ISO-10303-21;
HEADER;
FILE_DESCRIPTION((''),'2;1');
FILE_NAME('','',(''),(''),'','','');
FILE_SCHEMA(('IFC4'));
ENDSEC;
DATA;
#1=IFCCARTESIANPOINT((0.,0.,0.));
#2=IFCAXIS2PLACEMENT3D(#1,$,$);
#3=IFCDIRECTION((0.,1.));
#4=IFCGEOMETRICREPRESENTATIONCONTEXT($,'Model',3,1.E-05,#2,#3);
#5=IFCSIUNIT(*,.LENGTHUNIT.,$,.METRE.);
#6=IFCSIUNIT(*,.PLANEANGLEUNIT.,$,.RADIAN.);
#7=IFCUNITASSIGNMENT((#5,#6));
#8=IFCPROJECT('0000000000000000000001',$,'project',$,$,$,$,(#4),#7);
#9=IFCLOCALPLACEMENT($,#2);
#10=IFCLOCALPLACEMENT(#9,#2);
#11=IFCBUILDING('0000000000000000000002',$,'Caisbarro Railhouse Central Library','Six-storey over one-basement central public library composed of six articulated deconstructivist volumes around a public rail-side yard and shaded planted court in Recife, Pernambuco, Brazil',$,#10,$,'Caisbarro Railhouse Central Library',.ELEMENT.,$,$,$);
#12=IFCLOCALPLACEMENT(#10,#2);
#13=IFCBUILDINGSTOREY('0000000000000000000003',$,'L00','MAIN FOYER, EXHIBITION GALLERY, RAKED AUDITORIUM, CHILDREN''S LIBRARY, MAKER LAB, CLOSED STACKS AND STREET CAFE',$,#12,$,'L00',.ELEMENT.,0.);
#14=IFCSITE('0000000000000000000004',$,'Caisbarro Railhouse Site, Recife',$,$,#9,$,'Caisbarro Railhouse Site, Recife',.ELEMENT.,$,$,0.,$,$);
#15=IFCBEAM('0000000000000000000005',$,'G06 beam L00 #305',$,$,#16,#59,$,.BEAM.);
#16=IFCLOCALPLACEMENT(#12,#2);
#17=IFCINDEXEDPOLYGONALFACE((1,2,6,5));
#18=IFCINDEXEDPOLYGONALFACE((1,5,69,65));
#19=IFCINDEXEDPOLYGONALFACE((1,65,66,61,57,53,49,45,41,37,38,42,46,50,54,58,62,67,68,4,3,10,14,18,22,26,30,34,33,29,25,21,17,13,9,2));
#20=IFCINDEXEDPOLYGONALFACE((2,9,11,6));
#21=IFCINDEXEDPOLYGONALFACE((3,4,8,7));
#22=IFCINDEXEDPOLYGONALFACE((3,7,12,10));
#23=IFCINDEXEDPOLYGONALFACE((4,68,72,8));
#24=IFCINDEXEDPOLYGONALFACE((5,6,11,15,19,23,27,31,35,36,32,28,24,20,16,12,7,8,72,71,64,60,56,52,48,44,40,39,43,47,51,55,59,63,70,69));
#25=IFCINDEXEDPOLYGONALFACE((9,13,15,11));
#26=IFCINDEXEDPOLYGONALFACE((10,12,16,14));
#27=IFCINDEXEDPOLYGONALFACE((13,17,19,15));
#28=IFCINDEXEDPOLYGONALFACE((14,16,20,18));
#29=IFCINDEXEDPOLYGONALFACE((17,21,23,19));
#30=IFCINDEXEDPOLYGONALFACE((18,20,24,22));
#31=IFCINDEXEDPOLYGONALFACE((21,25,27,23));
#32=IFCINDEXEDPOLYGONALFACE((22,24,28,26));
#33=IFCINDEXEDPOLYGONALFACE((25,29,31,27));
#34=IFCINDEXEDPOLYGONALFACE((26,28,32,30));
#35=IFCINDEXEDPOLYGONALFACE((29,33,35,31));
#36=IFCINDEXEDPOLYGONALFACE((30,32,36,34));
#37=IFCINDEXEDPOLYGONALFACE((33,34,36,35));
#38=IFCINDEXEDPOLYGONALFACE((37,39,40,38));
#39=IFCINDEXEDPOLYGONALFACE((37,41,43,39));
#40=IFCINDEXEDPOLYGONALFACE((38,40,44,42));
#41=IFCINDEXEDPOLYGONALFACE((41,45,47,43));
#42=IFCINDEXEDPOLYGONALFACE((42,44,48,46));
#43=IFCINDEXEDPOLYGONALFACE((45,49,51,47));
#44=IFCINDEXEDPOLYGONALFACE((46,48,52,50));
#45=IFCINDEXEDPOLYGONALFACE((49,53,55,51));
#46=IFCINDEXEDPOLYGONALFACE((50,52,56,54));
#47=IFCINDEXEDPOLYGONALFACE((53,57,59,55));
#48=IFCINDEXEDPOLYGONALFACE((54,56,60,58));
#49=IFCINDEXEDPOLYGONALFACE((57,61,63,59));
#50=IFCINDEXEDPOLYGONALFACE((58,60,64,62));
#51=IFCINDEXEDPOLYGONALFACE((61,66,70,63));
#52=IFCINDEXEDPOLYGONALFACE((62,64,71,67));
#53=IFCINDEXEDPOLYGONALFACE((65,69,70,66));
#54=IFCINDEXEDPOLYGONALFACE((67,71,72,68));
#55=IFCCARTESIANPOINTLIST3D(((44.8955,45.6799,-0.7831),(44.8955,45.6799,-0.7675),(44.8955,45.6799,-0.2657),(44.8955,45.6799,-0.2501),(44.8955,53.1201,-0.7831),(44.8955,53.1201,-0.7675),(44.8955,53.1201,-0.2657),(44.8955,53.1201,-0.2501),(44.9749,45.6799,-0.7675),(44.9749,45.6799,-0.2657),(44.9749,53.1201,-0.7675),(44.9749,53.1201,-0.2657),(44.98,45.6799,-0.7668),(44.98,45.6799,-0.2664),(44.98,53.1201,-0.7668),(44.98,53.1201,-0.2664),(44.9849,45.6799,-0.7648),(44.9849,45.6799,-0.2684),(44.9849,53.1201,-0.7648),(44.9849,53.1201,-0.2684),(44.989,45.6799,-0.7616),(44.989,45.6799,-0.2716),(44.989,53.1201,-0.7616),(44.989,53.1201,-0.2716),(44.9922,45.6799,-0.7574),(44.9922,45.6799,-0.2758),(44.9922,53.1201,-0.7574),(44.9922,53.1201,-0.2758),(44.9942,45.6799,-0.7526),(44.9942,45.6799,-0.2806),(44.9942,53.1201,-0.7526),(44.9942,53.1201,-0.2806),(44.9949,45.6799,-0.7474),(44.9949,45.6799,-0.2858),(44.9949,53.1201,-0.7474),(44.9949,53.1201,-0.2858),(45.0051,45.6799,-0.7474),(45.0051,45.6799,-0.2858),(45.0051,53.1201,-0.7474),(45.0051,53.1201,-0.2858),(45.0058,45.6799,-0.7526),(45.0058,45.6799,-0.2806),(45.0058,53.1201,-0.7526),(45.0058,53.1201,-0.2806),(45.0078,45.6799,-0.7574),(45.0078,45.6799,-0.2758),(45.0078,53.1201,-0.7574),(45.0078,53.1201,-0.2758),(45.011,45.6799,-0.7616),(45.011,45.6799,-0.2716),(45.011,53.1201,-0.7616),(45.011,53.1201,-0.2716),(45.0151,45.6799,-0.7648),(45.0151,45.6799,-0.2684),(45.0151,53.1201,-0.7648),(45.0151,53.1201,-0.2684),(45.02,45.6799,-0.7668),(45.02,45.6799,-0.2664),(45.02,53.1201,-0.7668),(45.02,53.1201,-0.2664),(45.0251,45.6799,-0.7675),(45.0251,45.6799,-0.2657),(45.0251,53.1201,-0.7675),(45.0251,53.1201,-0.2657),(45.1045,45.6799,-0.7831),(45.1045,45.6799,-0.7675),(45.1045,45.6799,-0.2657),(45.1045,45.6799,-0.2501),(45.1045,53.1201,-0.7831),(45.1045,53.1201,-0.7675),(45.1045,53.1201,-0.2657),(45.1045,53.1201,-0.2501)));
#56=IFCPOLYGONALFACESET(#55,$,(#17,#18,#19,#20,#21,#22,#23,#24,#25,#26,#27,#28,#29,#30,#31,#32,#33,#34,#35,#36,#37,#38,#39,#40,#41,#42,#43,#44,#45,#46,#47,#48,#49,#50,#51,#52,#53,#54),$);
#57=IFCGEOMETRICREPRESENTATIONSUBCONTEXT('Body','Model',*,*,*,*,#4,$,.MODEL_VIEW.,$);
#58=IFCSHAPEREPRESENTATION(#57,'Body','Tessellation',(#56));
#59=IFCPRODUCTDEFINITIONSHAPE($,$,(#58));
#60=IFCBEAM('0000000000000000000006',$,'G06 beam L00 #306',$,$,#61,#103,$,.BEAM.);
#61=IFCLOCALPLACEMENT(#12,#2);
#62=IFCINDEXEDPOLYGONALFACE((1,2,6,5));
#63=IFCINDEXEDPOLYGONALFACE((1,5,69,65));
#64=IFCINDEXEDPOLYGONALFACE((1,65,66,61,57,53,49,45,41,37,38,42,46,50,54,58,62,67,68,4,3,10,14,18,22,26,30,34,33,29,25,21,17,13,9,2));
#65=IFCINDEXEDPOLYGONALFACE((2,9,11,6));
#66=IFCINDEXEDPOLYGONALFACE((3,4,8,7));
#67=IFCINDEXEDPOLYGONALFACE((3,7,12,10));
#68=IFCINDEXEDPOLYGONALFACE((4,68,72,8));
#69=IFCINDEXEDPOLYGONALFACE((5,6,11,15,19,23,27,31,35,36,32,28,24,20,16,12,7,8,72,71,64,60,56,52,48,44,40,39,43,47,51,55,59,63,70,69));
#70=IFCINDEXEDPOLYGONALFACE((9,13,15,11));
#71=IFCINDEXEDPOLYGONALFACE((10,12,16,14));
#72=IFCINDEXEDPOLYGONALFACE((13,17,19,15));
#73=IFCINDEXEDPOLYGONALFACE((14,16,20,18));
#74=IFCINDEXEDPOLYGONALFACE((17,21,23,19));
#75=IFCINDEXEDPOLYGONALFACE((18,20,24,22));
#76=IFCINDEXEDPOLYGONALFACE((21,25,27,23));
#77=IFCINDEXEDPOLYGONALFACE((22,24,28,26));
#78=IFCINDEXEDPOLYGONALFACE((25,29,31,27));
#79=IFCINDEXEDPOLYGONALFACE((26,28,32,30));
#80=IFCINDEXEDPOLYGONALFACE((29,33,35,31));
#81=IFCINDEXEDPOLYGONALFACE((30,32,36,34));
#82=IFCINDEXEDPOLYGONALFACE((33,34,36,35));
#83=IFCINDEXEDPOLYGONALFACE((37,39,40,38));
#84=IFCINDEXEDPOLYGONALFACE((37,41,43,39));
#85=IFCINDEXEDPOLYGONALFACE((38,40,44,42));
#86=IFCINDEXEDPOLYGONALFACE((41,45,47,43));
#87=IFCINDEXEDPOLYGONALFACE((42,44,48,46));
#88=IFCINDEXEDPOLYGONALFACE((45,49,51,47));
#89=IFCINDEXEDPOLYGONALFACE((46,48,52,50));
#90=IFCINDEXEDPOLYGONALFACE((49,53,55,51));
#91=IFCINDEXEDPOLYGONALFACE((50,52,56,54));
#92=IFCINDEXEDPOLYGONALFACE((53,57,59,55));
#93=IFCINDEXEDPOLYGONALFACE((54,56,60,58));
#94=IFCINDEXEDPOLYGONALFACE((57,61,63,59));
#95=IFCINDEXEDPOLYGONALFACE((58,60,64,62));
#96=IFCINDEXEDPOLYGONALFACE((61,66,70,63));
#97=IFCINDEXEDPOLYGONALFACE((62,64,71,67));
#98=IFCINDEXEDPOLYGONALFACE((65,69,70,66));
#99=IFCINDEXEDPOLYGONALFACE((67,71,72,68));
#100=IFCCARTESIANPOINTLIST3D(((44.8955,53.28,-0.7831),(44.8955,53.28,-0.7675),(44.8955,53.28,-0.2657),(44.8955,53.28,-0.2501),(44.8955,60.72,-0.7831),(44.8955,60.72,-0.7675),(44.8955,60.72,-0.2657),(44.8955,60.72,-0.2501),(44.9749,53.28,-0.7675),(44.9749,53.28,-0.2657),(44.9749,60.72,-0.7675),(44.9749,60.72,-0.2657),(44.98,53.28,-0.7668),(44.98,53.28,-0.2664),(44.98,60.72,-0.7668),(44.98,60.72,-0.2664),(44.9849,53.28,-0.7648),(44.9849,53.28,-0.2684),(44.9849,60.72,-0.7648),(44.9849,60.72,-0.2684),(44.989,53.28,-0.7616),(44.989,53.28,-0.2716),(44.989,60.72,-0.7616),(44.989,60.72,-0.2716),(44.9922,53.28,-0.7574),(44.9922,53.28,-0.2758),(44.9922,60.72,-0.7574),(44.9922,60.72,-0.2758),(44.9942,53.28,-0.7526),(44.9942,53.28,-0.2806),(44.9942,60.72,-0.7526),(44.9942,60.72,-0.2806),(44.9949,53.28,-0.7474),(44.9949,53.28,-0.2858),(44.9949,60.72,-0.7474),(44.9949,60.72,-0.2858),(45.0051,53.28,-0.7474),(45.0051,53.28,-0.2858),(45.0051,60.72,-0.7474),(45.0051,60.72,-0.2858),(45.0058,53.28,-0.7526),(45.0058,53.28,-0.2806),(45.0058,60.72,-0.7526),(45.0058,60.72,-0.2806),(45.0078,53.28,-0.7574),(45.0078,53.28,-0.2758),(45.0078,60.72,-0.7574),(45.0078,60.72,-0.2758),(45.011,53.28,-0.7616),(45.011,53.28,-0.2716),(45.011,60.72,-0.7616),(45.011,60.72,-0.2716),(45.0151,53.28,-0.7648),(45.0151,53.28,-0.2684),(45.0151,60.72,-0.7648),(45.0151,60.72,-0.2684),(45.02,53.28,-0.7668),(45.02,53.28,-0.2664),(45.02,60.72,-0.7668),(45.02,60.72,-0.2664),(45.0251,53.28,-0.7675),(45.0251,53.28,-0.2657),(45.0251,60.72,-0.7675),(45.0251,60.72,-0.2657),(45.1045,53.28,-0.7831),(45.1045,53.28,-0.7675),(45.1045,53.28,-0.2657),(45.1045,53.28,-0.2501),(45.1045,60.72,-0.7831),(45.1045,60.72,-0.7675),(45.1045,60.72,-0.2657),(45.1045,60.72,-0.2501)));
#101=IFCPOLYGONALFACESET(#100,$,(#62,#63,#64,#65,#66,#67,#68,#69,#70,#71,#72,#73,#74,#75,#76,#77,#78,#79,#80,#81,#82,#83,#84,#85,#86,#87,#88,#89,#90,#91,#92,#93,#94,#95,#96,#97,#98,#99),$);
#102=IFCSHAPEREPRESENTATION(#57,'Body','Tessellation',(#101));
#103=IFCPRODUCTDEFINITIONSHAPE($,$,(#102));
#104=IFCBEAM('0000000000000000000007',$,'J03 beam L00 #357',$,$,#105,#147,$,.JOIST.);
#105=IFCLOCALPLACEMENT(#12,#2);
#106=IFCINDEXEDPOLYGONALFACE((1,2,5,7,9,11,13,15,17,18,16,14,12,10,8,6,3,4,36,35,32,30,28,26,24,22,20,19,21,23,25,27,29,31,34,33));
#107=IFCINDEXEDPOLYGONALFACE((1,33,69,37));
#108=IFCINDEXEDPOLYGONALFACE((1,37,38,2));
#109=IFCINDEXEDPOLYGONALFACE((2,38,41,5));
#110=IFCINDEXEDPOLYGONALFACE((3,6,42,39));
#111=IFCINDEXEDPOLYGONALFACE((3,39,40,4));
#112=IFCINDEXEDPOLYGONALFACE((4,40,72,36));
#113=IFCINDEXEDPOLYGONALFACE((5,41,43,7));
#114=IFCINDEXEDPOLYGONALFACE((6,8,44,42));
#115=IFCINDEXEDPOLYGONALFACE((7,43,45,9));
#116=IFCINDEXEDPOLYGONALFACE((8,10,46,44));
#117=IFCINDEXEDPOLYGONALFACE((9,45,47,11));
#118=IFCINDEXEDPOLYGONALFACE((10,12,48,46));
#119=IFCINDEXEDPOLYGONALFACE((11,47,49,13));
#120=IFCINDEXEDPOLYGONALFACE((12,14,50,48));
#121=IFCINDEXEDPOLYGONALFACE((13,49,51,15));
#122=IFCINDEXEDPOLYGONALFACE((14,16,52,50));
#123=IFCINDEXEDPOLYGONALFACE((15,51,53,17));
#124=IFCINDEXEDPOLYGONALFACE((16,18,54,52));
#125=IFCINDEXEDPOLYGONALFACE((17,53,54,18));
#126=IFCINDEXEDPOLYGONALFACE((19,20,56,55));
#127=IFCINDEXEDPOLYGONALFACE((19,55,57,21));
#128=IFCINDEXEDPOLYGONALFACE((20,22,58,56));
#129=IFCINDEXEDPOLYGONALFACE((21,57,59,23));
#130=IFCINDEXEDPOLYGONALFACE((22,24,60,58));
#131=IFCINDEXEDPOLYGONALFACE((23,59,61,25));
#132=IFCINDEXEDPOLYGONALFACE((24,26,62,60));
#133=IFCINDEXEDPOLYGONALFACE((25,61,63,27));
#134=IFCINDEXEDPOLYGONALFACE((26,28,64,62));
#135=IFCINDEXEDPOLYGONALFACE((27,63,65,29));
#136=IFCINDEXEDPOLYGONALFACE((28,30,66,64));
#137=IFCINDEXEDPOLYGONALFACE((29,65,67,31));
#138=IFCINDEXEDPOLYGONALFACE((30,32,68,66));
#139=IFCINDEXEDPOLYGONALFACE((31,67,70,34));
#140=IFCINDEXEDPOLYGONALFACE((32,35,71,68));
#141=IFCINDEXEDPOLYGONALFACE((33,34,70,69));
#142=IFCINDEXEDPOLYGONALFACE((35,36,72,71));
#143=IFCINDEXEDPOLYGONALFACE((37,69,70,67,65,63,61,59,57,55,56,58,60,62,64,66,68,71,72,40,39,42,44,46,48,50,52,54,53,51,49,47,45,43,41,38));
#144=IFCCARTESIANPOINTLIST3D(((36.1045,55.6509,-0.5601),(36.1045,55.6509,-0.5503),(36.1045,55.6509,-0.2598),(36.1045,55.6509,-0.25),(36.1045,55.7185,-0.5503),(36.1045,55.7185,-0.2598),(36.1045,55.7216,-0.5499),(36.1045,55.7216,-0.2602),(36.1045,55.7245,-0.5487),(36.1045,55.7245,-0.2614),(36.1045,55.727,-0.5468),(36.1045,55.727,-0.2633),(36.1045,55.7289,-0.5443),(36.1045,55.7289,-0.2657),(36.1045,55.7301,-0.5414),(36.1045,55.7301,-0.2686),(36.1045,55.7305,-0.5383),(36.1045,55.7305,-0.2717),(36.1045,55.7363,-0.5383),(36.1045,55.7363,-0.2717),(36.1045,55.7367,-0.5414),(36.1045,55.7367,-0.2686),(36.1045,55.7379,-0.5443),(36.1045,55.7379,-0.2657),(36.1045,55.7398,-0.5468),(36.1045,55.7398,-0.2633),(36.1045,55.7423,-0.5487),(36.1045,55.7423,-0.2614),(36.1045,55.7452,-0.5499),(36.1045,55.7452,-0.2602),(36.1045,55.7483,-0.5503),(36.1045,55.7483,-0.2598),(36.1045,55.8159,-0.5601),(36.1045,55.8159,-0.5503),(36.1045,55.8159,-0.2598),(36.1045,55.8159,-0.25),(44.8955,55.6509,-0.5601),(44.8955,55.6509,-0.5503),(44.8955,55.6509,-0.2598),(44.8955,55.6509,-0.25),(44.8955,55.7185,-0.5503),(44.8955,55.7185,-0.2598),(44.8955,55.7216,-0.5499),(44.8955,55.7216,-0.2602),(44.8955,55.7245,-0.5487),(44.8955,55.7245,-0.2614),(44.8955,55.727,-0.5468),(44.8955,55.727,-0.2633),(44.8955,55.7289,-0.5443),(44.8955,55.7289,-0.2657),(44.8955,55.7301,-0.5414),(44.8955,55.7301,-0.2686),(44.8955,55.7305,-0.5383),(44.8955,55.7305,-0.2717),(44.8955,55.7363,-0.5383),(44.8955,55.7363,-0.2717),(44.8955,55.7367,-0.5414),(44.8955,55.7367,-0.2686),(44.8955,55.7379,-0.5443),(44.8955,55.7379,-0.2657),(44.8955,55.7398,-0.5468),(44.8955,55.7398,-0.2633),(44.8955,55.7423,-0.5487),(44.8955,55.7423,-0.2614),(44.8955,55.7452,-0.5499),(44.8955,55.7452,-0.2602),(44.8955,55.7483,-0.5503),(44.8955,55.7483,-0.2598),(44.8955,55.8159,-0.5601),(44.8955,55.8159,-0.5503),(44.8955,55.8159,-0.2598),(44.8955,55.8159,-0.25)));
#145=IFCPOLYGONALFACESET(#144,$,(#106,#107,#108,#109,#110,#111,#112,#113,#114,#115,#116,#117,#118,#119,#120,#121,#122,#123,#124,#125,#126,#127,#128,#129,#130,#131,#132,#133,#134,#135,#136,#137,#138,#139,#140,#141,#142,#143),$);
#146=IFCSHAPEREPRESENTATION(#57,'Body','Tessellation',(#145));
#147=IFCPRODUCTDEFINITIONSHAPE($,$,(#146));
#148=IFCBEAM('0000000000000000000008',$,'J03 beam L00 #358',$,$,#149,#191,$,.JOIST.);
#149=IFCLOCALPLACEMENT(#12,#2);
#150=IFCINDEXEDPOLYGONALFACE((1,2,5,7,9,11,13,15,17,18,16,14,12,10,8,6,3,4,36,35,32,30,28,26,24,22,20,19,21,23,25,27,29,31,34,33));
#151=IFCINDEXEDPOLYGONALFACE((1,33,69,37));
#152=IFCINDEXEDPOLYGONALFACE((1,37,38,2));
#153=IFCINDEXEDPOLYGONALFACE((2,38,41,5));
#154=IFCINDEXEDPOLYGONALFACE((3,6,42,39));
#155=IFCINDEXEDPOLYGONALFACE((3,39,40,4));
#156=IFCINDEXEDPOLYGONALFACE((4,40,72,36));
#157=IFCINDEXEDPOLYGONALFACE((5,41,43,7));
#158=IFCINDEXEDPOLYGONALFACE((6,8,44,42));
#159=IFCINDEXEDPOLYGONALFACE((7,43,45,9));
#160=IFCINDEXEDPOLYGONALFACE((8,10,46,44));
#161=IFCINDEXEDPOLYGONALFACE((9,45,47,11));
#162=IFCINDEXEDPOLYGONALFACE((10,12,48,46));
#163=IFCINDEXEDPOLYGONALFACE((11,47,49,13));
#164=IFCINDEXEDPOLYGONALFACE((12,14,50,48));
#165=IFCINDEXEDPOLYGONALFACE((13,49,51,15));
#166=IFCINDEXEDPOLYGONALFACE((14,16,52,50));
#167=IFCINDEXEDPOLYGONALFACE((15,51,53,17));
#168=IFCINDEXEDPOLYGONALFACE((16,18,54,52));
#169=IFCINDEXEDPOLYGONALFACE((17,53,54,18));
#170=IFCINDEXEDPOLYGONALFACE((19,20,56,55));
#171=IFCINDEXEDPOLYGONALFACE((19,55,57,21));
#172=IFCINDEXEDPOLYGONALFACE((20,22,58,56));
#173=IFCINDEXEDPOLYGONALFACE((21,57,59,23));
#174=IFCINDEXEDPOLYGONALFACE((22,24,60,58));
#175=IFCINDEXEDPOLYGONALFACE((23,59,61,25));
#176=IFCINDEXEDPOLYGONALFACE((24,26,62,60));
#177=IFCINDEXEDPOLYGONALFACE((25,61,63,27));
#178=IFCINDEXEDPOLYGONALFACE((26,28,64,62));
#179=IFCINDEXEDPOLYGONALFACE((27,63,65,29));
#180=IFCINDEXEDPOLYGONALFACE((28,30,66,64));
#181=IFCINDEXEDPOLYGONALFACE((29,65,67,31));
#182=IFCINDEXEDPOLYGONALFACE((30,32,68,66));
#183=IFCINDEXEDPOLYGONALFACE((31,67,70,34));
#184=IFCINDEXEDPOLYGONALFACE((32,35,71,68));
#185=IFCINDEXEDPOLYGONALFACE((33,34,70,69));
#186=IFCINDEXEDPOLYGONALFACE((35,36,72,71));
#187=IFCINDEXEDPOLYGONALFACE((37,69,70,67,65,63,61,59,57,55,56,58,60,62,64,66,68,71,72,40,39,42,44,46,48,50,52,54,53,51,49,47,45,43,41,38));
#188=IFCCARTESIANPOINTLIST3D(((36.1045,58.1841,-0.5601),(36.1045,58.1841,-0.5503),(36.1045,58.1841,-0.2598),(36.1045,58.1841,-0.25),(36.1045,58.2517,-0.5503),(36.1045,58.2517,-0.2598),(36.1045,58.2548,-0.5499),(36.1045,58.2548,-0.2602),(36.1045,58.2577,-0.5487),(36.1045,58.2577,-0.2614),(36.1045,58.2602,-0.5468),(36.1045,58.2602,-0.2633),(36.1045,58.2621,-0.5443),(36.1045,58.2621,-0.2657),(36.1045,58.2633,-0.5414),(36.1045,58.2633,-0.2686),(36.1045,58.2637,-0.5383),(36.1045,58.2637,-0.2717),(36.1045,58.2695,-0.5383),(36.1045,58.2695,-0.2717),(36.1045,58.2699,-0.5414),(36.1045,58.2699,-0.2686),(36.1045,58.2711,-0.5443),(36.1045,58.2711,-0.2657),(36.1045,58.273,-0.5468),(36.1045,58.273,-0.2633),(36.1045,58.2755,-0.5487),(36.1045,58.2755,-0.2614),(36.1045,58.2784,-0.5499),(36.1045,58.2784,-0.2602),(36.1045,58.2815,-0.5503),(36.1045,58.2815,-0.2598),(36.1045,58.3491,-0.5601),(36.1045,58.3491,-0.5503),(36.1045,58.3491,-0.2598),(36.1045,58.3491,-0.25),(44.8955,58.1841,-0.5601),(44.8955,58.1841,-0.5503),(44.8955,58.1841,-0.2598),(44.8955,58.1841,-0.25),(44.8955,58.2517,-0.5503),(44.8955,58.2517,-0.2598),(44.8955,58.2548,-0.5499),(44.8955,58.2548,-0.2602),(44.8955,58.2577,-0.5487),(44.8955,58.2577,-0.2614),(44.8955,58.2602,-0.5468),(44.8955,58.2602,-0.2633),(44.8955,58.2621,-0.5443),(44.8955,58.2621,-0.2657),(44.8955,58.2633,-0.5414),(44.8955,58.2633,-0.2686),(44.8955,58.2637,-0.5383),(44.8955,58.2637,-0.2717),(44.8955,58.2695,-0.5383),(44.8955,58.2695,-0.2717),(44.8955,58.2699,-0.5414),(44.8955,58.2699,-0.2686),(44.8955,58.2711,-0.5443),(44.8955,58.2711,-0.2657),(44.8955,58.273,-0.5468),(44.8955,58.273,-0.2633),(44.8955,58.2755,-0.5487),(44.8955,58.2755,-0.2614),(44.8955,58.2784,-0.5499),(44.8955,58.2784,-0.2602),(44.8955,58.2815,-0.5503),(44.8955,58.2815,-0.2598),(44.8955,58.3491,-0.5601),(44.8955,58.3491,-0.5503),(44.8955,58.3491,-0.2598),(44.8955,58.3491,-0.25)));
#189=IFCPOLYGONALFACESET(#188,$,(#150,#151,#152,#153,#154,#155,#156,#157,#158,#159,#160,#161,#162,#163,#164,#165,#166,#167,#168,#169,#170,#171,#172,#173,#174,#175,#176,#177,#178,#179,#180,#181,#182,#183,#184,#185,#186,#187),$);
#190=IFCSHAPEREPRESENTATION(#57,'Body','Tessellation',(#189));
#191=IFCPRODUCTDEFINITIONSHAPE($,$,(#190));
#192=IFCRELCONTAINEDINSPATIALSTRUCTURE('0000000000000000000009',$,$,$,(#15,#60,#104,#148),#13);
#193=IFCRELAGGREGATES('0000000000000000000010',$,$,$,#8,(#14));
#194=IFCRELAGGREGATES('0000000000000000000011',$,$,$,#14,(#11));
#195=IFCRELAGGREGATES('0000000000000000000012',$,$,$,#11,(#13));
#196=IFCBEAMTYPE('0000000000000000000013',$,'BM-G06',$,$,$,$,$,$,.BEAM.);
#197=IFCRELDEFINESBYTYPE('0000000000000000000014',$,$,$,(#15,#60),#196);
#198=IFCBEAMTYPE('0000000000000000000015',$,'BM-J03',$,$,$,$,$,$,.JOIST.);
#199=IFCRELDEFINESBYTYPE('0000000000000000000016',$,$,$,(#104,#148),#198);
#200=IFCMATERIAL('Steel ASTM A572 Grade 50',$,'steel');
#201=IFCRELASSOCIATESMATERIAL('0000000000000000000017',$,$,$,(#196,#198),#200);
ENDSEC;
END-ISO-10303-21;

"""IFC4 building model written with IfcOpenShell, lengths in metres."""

from ifc_helpers import new_model, si_unit, direction, frame, origin, origin_2d, place, context, subcontext, project, spatial, i_section, extrude, material, material_profile, profile_set, type_object, element, save


model = new_model("IFC4")

# Units and contexts
model_context = context("Model", 3, precision=1e-05, world=origin(), true_north=direction((0.0, 1.0)))
body_context = subcontext(model_context, "Body", "Model", "MODEL_VIEW")
ifc_project = project(units=[si_unit("LENGTHUNIT", "METRE"), si_unit("PLANEANGLEUNIT", "RADIAN")], contexts=[model_context])

# Site, building, storey
site_placement = place(None, origin())
site = spatial("IfcSite", under=ifc_project, at=site_placement, Name="Caisbarro Railhouse Site, Recife", LongName="Caisbarro Railhouse Site, Recife", CompositionType="ELEMENT", RefElevation=0.0)
building_placement = place(site_placement, origin())
building = spatial("IfcBuilding", under=site, at=building_placement, Name="Caisbarro Railhouse Central Library", Description="Six-storey over one-basement central public library composed of six articulated deconstructivist volumes around a public rail-side yard and shaded planted court in Recife, Pernambuco, Brazil", LongName="Caisbarro Railhouse Central Library", CompositionType="ELEMENT")
storey_placement = place(building_placement, origin())
storey = spatial("IfcBuildingStorey", under=building, at=storey_placement, Name="L00", Description="MAIN FOYER, EXHIBITION GALLERY, RAKED AUDITORIUM, CHILDREN'S LIBRARY, MAKER LAB, CLOSED STACKS AND STREET CAFE", LongName="L00", CompositionType="ELEMENT", Elevation=0.0)

# Shared definitions
ifc_material_1 = material(Name="Steel ASTM A572 Grade 50", Category="steel")

# Beams
ifc_material_profile_1 = material_profile(ifc_material_1, i_section(OverallWidth=0.209, OverallDepth=0.533, WebThickness=0.0103, FlangeThickness=0.0156, FilletRadius=0.02, at=origin_2d()), Name="W530X92.0")
ifc_profile_set_1 = profile_set([ifc_material_profile_1], Name="Steel ASTM A572 Grade 50")
beam_type_1 = type_object("IfcBeamType", Name="BM-G06", PredefinedType="BEAM", material=ifc_profile_set_1)
beam_1_placement = place(storey_placement, frame((45.0, 45.6799, -0.5166), z_axis=(0.0, 1.0, 0.0), x_axis=(-1.0, 0.0, 0.0)))
element("IfcBeam", 1, at=beam_1_placement, inside=storey, type_object=beam_type_1, Name="G06 beam L00 #305", PredefinedType="BEAM", context=body_context, shape_type="SweptSolid", body=[
    extrude(i_section(OverallWidth=0.209, OverallDepth=0.533, WebThickness=0.0103, FlangeThickness=0.0156, FilletRadius=0.02, at=origin_2d()), origin(), (0.0, 0.0, 1.0), 7.4402),
])
beam_2_placement = place(storey_placement, frame((45.0, 53.28, -0.5166), z_axis=(0.0, 1.0, 0.0), x_axis=(-1.0, 0.0, 0.0)))
element("IfcBeam", 2, at=beam_2_placement, inside=storey, type_object=beam_type_1, Name="G06 beam L00 #306", PredefinedType="BEAM", context=body_context, shape_type="SweptSolid", body=[
    extrude(i_section(OverallWidth=0.209, OverallDepth=0.533, WebThickness=0.0103, FlangeThickness=0.0156, FilletRadius=0.02, at=origin_2d()), origin(), (0.0, 0.0, 1.0), 7.4399),
])
ifc_material_profile_2 = material_profile(ifc_material_1, i_section(OverallWidth=0.165, OverallDepth=0.3101, WebThickness=0.0059, FlangeThickness=0.0098, FilletRadius=0.012, at=origin_2d()), Name="W310X38.7")
ifc_profile_set_2 = profile_set([ifc_material_profile_2], Name="Steel ASTM A572 Grade 50")
beam_type_2 = type_object("IfcBeamType", Name="BM-J03", PredefinedType="JOIST", material=ifc_profile_set_2)
for number, where, z_axis, x_axis, name in (
    (3, (36.1045, 55.7334, -0.405), (1.0, 0.0, 0.0), (0.0, 1.0, 0.0), "J03 beam L00 #357"),
    (4, (36.1045, 58.2666, -0.405), (1.0, 0.0, 0.0), (0.0, 1.0, 0.0), "J03 beam L00 #358"),
):
    element("IfcBeam", number, at=place(storey_placement, frame(where, z_axis=z_axis, x_axis=x_axis)), inside=storey, type_object=beam_type_2, Name=name, PredefinedType="JOIST", context=body_context, shape_type="SweptSolid", body=[
        extrude(i_section(OverallWidth=0.165, OverallDepth=0.3101, WebThickness=0.0059, FlangeThickness=0.0098, FilletRadius=0.012, at=origin_2d()), origin(), (0.0, 0.0, 1.0), 8.791),
    ])

save(model, "model.ifc")
